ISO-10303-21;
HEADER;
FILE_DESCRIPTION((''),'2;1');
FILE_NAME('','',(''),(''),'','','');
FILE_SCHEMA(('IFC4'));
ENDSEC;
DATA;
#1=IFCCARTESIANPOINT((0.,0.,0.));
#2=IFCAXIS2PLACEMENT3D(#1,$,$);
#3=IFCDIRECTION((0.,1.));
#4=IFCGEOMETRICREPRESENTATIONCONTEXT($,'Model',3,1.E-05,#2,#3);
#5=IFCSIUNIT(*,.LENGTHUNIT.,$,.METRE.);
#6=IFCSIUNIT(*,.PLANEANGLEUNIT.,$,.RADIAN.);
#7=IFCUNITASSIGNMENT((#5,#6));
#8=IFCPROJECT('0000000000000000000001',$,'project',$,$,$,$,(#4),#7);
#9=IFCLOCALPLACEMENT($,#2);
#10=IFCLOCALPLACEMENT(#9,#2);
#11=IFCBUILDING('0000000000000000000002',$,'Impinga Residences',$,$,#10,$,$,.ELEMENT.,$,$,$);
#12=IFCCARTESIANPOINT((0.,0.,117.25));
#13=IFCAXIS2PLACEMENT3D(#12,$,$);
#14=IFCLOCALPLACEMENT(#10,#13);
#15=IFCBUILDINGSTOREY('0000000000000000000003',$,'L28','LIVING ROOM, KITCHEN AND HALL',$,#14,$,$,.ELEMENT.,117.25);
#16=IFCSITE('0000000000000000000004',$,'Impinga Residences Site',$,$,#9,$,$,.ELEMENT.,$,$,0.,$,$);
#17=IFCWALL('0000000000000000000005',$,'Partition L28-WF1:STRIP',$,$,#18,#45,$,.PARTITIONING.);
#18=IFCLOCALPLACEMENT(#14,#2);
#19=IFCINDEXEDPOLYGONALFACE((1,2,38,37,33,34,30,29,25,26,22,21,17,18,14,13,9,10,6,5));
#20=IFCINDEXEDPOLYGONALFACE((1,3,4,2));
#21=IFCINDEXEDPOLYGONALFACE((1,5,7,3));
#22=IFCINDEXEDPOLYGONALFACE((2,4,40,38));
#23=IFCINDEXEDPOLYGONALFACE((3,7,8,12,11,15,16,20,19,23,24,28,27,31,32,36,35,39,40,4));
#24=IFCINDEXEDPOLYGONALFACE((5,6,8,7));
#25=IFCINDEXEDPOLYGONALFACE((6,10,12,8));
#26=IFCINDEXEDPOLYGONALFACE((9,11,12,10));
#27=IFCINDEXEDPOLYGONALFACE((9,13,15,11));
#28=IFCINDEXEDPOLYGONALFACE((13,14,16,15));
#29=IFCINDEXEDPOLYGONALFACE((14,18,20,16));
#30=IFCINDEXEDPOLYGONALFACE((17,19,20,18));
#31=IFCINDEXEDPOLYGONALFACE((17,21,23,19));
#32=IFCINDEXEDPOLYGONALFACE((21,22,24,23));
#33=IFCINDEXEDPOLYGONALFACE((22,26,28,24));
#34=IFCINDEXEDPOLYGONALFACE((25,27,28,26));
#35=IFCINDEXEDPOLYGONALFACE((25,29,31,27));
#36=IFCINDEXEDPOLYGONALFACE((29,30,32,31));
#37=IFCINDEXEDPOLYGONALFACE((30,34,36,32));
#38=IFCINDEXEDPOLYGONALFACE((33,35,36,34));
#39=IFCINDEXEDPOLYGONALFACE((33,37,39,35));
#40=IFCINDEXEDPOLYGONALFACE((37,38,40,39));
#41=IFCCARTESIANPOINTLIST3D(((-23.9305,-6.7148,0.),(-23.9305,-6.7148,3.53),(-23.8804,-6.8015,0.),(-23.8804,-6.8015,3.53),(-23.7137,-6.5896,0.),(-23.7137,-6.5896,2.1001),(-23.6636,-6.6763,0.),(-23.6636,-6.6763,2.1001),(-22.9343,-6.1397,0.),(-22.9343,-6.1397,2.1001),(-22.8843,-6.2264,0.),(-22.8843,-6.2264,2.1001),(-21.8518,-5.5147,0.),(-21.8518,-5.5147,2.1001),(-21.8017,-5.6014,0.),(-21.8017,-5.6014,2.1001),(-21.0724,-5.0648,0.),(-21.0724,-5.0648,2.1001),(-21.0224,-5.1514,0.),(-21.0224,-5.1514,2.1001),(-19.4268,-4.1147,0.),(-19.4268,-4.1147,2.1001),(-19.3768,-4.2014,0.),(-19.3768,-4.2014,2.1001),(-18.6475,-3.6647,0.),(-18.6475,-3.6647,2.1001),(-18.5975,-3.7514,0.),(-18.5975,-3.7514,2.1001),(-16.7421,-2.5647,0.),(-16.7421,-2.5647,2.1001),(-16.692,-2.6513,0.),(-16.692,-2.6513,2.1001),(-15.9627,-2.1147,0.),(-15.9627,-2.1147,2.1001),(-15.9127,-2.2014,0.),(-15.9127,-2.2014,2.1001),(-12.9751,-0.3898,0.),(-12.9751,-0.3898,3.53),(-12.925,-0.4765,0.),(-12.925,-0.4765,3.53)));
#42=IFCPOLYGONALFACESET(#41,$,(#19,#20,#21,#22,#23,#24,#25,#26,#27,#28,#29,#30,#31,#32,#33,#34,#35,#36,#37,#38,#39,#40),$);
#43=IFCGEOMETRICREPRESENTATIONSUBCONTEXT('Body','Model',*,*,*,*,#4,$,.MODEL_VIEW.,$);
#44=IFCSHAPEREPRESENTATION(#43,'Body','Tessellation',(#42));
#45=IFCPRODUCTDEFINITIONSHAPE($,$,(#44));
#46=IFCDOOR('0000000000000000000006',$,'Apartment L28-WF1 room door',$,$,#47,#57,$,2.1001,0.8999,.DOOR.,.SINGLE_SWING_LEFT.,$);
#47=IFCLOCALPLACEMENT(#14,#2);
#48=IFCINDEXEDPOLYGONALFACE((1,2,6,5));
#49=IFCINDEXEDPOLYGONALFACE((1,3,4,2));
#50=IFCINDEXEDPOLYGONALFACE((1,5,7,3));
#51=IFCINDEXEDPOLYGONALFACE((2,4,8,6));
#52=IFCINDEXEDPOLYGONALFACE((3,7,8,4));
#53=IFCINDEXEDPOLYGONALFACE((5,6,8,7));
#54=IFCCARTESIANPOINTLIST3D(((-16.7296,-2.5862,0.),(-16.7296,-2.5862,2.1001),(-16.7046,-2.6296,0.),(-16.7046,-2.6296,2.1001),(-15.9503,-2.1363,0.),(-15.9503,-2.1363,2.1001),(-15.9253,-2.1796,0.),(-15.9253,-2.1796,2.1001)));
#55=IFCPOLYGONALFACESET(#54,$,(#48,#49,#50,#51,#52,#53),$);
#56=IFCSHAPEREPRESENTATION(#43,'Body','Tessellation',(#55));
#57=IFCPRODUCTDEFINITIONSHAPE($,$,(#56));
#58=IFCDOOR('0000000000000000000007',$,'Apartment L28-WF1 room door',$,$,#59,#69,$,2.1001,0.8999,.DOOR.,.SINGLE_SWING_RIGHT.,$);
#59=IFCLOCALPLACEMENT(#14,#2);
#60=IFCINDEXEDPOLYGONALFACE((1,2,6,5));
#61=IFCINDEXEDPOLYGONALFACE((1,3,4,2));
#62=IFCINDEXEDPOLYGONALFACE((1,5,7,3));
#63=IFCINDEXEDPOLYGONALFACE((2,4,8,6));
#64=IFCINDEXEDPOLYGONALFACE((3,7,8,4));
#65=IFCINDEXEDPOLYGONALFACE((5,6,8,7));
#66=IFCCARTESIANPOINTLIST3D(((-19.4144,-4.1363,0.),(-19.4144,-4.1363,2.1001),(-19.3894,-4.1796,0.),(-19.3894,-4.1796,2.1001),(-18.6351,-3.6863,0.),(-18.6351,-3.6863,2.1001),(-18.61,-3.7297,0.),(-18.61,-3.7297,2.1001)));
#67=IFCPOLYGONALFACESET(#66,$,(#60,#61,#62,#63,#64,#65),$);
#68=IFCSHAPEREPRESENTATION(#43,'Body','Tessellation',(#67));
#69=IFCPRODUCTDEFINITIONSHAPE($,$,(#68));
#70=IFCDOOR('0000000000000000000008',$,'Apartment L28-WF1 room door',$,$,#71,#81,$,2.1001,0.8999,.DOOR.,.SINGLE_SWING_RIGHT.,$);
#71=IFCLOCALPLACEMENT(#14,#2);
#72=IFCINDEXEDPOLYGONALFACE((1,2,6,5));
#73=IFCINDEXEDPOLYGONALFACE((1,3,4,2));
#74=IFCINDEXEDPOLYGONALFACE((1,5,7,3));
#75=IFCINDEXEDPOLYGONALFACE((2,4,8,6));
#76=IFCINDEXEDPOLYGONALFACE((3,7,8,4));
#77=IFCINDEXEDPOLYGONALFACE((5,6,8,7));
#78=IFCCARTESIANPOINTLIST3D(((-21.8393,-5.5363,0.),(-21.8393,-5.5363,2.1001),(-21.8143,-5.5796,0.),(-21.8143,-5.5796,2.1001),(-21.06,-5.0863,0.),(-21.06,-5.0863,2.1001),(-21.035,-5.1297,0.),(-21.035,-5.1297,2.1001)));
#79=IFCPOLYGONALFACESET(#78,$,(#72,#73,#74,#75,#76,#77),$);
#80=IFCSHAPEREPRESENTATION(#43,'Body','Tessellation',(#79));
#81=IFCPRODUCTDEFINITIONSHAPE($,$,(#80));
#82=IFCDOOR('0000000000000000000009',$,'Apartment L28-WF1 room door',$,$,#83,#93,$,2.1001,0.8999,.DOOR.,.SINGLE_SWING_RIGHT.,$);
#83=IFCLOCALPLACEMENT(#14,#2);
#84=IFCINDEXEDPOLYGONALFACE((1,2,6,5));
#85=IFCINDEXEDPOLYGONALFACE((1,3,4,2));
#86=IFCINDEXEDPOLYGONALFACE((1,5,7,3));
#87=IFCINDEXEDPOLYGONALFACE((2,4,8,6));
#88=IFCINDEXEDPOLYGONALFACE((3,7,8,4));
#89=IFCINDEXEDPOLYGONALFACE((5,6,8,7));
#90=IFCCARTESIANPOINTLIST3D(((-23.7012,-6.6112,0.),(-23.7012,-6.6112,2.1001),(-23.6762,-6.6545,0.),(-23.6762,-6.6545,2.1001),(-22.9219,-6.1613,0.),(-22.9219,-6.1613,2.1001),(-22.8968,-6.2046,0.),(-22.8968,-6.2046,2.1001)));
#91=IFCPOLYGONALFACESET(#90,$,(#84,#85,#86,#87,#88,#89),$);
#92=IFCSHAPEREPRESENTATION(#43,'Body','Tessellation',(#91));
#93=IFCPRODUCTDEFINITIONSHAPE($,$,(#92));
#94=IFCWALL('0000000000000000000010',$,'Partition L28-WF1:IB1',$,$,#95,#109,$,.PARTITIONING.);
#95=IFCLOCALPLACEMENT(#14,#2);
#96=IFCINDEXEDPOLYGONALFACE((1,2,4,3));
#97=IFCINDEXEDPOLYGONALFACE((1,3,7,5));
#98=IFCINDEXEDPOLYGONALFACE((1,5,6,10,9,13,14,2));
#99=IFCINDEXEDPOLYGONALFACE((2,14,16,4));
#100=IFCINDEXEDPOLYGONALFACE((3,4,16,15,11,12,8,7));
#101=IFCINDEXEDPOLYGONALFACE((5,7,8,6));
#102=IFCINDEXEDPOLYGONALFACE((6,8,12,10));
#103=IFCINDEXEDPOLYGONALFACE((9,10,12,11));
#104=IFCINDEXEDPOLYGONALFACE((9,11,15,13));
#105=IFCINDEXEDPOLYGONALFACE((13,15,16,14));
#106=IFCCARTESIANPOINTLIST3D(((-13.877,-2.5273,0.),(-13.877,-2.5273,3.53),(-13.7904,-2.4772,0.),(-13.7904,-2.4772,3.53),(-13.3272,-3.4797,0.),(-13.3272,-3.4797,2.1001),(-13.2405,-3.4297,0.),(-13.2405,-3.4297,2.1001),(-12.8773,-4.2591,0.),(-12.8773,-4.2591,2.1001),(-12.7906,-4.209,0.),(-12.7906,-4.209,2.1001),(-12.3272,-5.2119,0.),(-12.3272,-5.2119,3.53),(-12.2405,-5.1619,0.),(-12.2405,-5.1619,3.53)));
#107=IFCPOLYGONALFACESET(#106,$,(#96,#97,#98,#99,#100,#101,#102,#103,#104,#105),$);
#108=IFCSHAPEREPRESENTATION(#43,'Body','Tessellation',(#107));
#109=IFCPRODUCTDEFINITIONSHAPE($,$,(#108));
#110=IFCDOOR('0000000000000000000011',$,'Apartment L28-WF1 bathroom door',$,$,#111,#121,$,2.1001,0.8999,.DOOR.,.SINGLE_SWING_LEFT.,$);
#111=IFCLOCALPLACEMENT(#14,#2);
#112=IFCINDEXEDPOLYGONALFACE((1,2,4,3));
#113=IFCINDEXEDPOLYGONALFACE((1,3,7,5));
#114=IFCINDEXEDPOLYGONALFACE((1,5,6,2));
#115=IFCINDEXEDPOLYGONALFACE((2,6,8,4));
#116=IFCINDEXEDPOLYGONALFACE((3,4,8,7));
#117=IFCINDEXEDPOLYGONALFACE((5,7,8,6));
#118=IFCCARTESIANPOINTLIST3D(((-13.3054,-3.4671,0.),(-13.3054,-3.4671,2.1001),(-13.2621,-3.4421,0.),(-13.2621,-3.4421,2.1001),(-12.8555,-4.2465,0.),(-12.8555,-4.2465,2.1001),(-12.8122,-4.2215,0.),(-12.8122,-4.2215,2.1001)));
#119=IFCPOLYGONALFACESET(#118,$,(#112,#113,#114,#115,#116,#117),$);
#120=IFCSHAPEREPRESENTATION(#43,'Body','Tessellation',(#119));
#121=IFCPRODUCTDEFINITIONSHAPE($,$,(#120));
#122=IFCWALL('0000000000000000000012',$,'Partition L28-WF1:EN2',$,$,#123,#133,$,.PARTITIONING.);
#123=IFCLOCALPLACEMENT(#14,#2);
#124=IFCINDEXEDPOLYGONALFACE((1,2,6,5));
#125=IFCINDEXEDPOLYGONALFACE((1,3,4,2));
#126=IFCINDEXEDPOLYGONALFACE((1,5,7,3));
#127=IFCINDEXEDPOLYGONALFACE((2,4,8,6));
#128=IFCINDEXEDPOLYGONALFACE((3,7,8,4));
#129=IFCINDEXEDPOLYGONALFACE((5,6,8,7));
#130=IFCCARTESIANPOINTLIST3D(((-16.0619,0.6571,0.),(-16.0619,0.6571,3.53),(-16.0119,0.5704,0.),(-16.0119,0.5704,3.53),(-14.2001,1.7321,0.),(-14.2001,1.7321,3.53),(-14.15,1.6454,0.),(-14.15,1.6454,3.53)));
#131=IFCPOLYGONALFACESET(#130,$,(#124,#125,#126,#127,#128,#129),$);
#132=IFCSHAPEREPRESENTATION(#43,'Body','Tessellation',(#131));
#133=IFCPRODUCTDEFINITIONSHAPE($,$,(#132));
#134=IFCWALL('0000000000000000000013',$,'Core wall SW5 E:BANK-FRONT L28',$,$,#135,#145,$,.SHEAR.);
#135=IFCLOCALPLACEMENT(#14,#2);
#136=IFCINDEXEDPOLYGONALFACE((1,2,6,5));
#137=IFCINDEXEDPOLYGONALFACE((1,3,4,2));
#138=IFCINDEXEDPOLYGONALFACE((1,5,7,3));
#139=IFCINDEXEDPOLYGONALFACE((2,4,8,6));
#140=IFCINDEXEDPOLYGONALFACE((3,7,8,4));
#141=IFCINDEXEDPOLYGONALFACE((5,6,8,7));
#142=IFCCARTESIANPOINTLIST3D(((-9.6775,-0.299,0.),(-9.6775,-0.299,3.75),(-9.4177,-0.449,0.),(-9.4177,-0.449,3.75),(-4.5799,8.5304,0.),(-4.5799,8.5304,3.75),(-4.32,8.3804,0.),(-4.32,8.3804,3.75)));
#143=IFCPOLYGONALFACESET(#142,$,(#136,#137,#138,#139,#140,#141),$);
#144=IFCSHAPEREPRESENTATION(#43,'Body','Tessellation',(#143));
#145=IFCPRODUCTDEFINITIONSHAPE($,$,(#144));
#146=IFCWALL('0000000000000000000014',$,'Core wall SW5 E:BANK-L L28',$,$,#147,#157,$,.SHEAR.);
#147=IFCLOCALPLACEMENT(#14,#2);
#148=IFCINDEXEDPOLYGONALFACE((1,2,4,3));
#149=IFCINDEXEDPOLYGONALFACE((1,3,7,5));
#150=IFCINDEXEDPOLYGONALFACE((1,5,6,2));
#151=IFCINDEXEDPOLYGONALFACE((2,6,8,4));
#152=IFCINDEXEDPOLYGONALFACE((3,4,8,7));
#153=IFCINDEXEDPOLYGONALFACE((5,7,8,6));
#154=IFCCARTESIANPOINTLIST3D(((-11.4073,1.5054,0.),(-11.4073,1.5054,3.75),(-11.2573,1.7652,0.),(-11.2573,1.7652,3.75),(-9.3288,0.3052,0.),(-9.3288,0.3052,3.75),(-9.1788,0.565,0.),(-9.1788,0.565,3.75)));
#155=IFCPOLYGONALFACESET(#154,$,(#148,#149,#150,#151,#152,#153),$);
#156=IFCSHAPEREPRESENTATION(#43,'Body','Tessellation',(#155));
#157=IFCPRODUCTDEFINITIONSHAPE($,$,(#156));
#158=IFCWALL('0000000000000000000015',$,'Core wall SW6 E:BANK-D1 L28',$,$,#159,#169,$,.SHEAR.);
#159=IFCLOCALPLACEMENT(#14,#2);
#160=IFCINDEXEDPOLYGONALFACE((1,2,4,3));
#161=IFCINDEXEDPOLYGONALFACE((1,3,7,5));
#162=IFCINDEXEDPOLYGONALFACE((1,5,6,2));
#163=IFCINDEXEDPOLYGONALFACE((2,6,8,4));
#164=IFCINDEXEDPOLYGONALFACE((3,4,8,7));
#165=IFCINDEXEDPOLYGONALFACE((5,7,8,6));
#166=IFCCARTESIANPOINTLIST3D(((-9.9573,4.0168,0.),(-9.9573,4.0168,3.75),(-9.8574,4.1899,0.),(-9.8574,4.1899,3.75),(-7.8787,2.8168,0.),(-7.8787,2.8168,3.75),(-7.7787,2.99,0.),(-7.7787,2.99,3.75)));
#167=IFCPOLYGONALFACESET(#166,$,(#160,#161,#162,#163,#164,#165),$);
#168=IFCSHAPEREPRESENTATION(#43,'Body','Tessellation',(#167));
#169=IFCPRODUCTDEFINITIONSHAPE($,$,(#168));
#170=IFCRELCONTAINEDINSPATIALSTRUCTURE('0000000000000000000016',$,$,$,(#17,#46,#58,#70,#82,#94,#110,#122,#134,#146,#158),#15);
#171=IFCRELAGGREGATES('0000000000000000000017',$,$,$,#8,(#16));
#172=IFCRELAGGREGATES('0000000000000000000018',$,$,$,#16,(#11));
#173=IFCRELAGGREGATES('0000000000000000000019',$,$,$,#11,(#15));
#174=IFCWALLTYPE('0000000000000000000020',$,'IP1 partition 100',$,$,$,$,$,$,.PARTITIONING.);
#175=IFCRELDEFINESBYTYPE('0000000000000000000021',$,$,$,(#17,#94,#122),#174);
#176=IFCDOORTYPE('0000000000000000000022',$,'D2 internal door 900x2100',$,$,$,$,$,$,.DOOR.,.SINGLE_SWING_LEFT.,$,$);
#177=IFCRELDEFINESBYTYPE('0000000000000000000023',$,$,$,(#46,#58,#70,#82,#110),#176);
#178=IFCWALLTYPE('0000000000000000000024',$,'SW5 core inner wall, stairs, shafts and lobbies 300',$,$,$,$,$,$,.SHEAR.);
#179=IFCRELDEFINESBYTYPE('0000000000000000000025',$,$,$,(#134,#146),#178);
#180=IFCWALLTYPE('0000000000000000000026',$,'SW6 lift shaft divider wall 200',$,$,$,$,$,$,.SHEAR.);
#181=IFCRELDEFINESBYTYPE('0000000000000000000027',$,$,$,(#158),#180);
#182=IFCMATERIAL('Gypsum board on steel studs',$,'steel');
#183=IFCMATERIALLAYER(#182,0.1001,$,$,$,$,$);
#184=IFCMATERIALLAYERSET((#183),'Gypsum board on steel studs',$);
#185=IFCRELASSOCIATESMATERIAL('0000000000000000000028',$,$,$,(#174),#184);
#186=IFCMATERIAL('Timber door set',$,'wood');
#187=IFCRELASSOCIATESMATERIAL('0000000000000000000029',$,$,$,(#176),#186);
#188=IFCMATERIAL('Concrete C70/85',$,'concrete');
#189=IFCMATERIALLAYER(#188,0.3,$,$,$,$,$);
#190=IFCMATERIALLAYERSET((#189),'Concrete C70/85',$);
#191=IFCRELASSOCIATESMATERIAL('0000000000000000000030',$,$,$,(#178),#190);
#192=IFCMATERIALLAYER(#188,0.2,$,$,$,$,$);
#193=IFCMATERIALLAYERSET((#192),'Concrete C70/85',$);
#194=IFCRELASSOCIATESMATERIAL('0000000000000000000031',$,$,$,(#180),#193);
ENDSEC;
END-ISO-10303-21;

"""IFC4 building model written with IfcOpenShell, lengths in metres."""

from ifc_helpers import new_model, si_unit, direction, frame, frame_2d, origin, place, context, subcontext, project, spatial, rectangle, extrude, material, layer, layer_set, type_object, element, fill, save


model = new_model("IFC4")

# Units and contexts
model_context = context("Model", 3, precision=1e-05, world=origin(), true_north=direction((0.0, 1.0)))
body_context = subcontext(model_context, "Body", "Model", "MODEL_VIEW")
ifc_project = project(units=[si_unit("LENGTHUNIT", "METRE"), si_unit("PLANEANGLEUNIT", "RADIAN")], contexts=[model_context])

# Site, building, storey
site_placement = place(None, origin())
site = spatial("IfcSite", under=ifc_project, at=site_placement, Name="Impinga Residences Site", CompositionType="ELEMENT", RefElevation=0.0)
building_placement = place(site_placement, origin())
building = spatial("IfcBuilding", under=site, at=building_placement, Name="Impinga Residences", CompositionType="ELEMENT")
storey_placement = place(building_placement, frame((0.0, 0.0, 117.25)))
storey = spatial("IfcBuildingStorey", under=building, at=storey_placement, Name="L28", Description="LIVING ROOM, KITCHEN AND HALL", CompositionType="ELEMENT", Elevation=117.25)

# Shared definitions
ifc_material_1 = material(Name="Timber door set", Category="wood")

# Shared definitions
ifc_material_2 = material(Name="Gypsum board on steel studs", Category="steel")
ifc_layer_1 = layer(ifc_material_2, 0.1001)
ifc_layer_set_1 = layer_set([ifc_layer_1], Name="Gypsum board on steel studs")
wall_type_1 = type_object("IfcWallType", Name="IP1 partition 100", PredefinedType="PARTITIONING", material=ifc_layer_set_1)

# Wall, openings, doors
wall_1_placement = place(storey_placement, frame((-12.95, -0.4331, 0.0), z_axis=(0.0, 0.0, 1.0), x_axis=(-0.866029, -0.499994, 0.0)))
wall_1 = element("IfcWall", 1, at=wall_1_placement, inside=storey, type_object=wall_type_1, Name="Partition L28-WF1:STRIP", PredefinedType="PARTITIONING", context=body_context, shape_type="SweptSolid", body=[
    extrude(rectangle(XDim=12.6501, YDim=0.1001, at=frame_2d((6.3252, 0.0))), origin(), (0.0, 0.0, 1.0), 3.53),
])
opening_1_placement = place(wall_1_placement, frame((3.45, 0.0, 0.0)))
opening_1 = element("IfcOpeningElement", 2, at=opening_1_placement, cuts=wall_1, PredefinedType="OPENING", context=body_context, shape_type="SweptSolid", body=[
    extrude(rectangle(XDim=0.8999, YDim=2.1001, at=frame_2d((0.45, 1.05))), frame((0.0, 0.0601, 0.0), z_axis=(0.0, -1.0, 0.0), x_axis=(1.0, 0.0, 0.0)), (0.0, 0.0, 1.0), 0.1201),
])
opening_2_placement = place(wall_1_placement, frame((6.55, 0.0, 0.0)))
opening_2 = element("IfcOpeningElement", 3, at=opening_2_placement, cuts=wall_1, PredefinedType="OPENING", context=body_context, shape_type="SweptSolid", body=[
    extrude(rectangle(XDim=0.8999, YDim=2.1001, at=frame_2d((0.45, 1.05))), frame((0.0, 0.0601, 0.0), z_axis=(0.0, -1.0, 0.0), x_axis=(1.0, 0.0, 0.0)), (0.0, 0.0, 1.0), 0.1201),
])
opening_3_placement = place(wall_1_placement, frame((9.3501, 0.0, 0.0)))
opening_3 = element("IfcOpeningElement", 4, at=opening_3_placement, cuts=wall_1, PredefinedType="OPENING", context=body_context, shape_type="SweptSolid", body=[
    extrude(rectangle(XDim=0.8999, YDim=2.1001, at=frame_2d((0.45, 1.05))), frame((0.0, 0.0601, 0.0), z_axis=(0.0, -1.0, 0.0), x_axis=(1.0, 0.0, 0.0)), (0.0, 0.0, 1.0), 0.1201),
])
opening_4_placement = place(wall_1_placement, frame((11.5, 0.0, 0.0)))
opening_4 = element("IfcOpeningElement", 5, at=opening_4_placement, cuts=wall_1, PredefinedType="OPENING", context=body_context, shape_type="SweptSolid", body=[
    extrude(rectangle(XDim=0.8999, YDim=2.1001, at=frame_2d((0.45, 1.05))), frame((0.0, 0.0601, 0.0), z_axis=(0.0, -1.0, 0.0), x_axis=(1.0, 0.0, 0.0)), (0.0, 0.0, 1.0), 0.1201),
])
door_type_1 = type_object("IfcDoorType", Name="D2 internal door 900x2100", OperationType="SINGLE_SWING_LEFT", PredefinedType="DOOR", material=ifc_material_1)
door_1_placement = place(opening_1_placement, origin())
door_1 = element("IfcDoor", 6, at=door_1_placement, inside=storey, type_object=door_type_1, Name="Apartment L28-WF1 room door", OperationType="SINGLE_SWING_LEFT", OverallHeight=2.1001, OverallWidth=0.8999, PredefinedType="DOOR", context=body_context, shape_type="SweptSolid", body=[
    extrude(rectangle(XDim=0.8999, YDim=2.1001, at=frame_2d((0.45, 1.05))), frame((0.0, 0.0249, 0.0), z_axis=(0.0, -1.0, 0.0), x_axis=(1.0, 0.0, 0.0)), (0.0, 0.0, 1.0), 0.05),
])
fill(opening_1, door_1)
door_2_placement = place(opening_2_placement, origin())
door_2 = element("IfcDoor", 7, at=door_2_placement, inside=storey, type_object=door_type_1, Name="Apartment L28-WF1 room door", OperationType="SINGLE_SWING_RIGHT", OverallHeight=2.1001, OverallWidth=0.8999, PredefinedType="DOOR", context=body_context, shape_type="SweptSolid", body=[
    extrude(rectangle(XDim=0.8999, YDim=2.1001, at=frame_2d((0.45, 1.05))), frame((0.0, 0.0249, 0.0), z_axis=(0.0, -1.0, 0.0), x_axis=(1.0, 0.0, 0.0)), (0.0, 0.0, 1.0), 0.05),
])
fill(opening_2, door_2)
door_3_placement = place(opening_3_placement, origin())
door_3 = element("IfcDoor", 8, at=door_3_placement, inside=storey, type_object=door_type_1, Name="Apartment L28-WF1 room door", OperationType="SINGLE_SWING_RIGHT", OverallHeight=2.1001, OverallWidth=0.8999, PredefinedType="DOOR", context=body_context, shape_type="SweptSolid", body=[
    extrude(rectangle(XDim=0.8999, YDim=2.1001, at=frame_2d((0.45, 1.05))), frame((0.0, 0.0249, 0.0), z_axis=(0.0, -1.0, 0.0), x_axis=(1.0, 0.0, 0.0)), (0.0, 0.0, 1.0), 0.05),
])
fill(opening_3, door_3)
door_4_placement = place(opening_4_placement, origin())
door_4 = element("IfcDoor", 9, at=door_4_placement, inside=storey, type_object=door_type_1, Name="Apartment L28-WF1 room door", OperationType="SINGLE_SWING_RIGHT", OverallHeight=2.1001, OverallWidth=0.8999, PredefinedType="DOOR", context=body_context, shape_type="SweptSolid", body=[
    extrude(rectangle(XDim=0.8999, YDim=2.1001, at=frame_2d((0.45, 1.05))), frame((0.0, 0.0249, 0.0), z_axis=(0.0, -1.0, 0.0), x_axis=(1.0, 0.0, 0.0)), (0.0, 0.0, 1.0), 0.05),
])
fill(opening_4, door_4)

# Wall, opening, door
wall_2_placement = place(storey_placement, frame((-12.2839, -5.1868, 0.0), z_axis=(0.0, 0.0, 1.0), x_axis=(-0.499968, 0.866044, 0.0)))
wall_2 = element("IfcWall", 10, at=wall_2_placement, inside=storey, type_object=wall_type_1, Name="Partition L28-WF1:IB1", PredefinedType="PARTITIONING", context=body_context, shape_type="SweptSolid", body=[
    extrude(rectangle(XDim=3.0999, YDim=0.1001, at=frame_2d((1.5498, 0.0))), origin(), (0.0, 0.0, 1.0), 3.53),
])
opening_5_placement = place(wall_2_placement, frame((1.1001, 0.0, 0.0)))
opening_5 = element("IfcOpeningElement", 11, at=opening_5_placement, cuts=wall_2, PredefinedType="OPENING", context=body_context, shape_type="SweptSolid", body=[
    extrude(rectangle(XDim=0.8999, YDim=2.1001, at=frame_2d((0.45, 1.05))), frame((0.0, 0.0601, 0.0), z_axis=(0.0, -1.0, 0.0), x_axis=(1.0, 0.0, 0.0)), (0.0, 0.0, 1.0), 0.1201),
])
door_5_placement = place(opening_5_placement, origin())
door_5 = element("IfcDoor", 12, at=door_5_placement, inside=storey, type_object=door_type_1, Name="Apartment L28-WF1 bathroom door", OperationType="SINGLE_SWING_LEFT", OverallHeight=2.1001, OverallWidth=0.8999, PredefinedType="DOOR", context=body_context, shape_type="SweptSolid", body=[
    extrude(rectangle(XDim=0.8999, YDim=2.1001, at=frame_2d((0.45, 1.05))), frame((0.0, 0.0249, 0.0), z_axis=(0.0, -1.0, 0.0), x_axis=(1.0, 0.0, 0.0)), (0.0, 0.0, 1.0), 0.05),
])
fill(opening_5, door_5)

# Walls
wall_3_placement = place(storey_placement, frame((-14.175, 1.6887, 0.0), z_axis=(0.0, 0.0, 1.0), x_axis=(-0.866019, -0.500011, 0.0)))
element("IfcWall", 13, at=wall_3_placement, inside=storey, type_object=wall_type_1, Name="Partition L28-WF1:EN2", PredefinedType="PARTITIONING", context=body_context, shape_type="SweptSolid", body=[
    extrude(rectangle(XDim=2.1499, YDim=0.1001, at=frame_2d((1.075, 0.0))), origin(), (0.0, 0.0, 1.0), 3.53),
])
ifc_material_3 = material(Name="Concrete C70/85", Category="concrete")
ifc_layer_2 = layer(ifc_material_3, 0.3)
ifc_layer_set_2 = layer_set([ifc_layer_2], Name="Concrete C70/85")
wall_type_2 = type_object("IfcWallType", Name="SW5 core inner wall, stairs, shafts and lobbies 300", PredefinedType="SHEAR", material=ifc_layer_set_2)
wall_4_placement = place(storey_placement, frame((-9.5476, -0.374, 0.0), z_axis=(0.0, 0.0, 1.0), x_axis=(0.500002, 0.866024, 0.0)))
element("IfcWall", 14, at=wall_4_placement, inside=storey, type_object=wall_type_2, Name="Core wall SW5 E:BANK-FRONT L28", PredefinedType="SHEAR", context=body_context, shape_type="SweptSolid", body=[
    extrude(rectangle(XDim=10.1953, YDim=0.3, at=frame_2d((5.0977, 0.0))), origin(), (0.0, 0.0, 1.0), 3.75),
])
wall_5_placement = place(storey_placement, frame((-9.2537, 0.4351, 0.0), z_axis=(0.0, 0.0, 1.0), x_axis=(-0.866006, 0.500034, 0.0)))
element("IfcWall", 15, at=wall_5_placement, inside=storey, type_object=wall_type_2, Name="Core wall SW5 E:BANK-L L28", PredefinedType="SHEAR", context=body_context, shape_type="SweptSolid", body=[
    extrude(rectangle(XDim=2.4001, YDim=0.3, at=frame_2d((1.2002, 0.0))), origin(), (0.0, 0.0, 1.0), 3.75),
])
ifc_layer_3 = layer(ifc_material_3, 0.2)
ifc_layer_set_3 = layer_set([ifc_layer_3], Name="Concrete C70/85")
wall_type_3 = type_object("IfcWallType", Name="SW6 lift shaft divider wall 200", PredefinedType="SHEAR", material=ifc_layer_set_3)
wall_6_placement = place(storey_placement, frame((-7.8286, 2.9033, 0.0), z_axis=(0.0, 0.0, 1.0), x_axis=(-0.86605, 0.499957, 0.0)))
element("IfcWall", 16, at=wall_6_placement, inside=storey, type_object=wall_type_3, Name="Core wall SW6 E:BANK-D1 L28", PredefinedType="SHEAR", context=body_context, shape_type="SweptSolid", body=[
    extrude(rectangle(XDim=2.4001, YDim=0.2, at=frame_2d((1.2002, 0.0))), origin(), (0.0, 0.0, 1.0), 3.75),
])

save(model, "model.ifc")
